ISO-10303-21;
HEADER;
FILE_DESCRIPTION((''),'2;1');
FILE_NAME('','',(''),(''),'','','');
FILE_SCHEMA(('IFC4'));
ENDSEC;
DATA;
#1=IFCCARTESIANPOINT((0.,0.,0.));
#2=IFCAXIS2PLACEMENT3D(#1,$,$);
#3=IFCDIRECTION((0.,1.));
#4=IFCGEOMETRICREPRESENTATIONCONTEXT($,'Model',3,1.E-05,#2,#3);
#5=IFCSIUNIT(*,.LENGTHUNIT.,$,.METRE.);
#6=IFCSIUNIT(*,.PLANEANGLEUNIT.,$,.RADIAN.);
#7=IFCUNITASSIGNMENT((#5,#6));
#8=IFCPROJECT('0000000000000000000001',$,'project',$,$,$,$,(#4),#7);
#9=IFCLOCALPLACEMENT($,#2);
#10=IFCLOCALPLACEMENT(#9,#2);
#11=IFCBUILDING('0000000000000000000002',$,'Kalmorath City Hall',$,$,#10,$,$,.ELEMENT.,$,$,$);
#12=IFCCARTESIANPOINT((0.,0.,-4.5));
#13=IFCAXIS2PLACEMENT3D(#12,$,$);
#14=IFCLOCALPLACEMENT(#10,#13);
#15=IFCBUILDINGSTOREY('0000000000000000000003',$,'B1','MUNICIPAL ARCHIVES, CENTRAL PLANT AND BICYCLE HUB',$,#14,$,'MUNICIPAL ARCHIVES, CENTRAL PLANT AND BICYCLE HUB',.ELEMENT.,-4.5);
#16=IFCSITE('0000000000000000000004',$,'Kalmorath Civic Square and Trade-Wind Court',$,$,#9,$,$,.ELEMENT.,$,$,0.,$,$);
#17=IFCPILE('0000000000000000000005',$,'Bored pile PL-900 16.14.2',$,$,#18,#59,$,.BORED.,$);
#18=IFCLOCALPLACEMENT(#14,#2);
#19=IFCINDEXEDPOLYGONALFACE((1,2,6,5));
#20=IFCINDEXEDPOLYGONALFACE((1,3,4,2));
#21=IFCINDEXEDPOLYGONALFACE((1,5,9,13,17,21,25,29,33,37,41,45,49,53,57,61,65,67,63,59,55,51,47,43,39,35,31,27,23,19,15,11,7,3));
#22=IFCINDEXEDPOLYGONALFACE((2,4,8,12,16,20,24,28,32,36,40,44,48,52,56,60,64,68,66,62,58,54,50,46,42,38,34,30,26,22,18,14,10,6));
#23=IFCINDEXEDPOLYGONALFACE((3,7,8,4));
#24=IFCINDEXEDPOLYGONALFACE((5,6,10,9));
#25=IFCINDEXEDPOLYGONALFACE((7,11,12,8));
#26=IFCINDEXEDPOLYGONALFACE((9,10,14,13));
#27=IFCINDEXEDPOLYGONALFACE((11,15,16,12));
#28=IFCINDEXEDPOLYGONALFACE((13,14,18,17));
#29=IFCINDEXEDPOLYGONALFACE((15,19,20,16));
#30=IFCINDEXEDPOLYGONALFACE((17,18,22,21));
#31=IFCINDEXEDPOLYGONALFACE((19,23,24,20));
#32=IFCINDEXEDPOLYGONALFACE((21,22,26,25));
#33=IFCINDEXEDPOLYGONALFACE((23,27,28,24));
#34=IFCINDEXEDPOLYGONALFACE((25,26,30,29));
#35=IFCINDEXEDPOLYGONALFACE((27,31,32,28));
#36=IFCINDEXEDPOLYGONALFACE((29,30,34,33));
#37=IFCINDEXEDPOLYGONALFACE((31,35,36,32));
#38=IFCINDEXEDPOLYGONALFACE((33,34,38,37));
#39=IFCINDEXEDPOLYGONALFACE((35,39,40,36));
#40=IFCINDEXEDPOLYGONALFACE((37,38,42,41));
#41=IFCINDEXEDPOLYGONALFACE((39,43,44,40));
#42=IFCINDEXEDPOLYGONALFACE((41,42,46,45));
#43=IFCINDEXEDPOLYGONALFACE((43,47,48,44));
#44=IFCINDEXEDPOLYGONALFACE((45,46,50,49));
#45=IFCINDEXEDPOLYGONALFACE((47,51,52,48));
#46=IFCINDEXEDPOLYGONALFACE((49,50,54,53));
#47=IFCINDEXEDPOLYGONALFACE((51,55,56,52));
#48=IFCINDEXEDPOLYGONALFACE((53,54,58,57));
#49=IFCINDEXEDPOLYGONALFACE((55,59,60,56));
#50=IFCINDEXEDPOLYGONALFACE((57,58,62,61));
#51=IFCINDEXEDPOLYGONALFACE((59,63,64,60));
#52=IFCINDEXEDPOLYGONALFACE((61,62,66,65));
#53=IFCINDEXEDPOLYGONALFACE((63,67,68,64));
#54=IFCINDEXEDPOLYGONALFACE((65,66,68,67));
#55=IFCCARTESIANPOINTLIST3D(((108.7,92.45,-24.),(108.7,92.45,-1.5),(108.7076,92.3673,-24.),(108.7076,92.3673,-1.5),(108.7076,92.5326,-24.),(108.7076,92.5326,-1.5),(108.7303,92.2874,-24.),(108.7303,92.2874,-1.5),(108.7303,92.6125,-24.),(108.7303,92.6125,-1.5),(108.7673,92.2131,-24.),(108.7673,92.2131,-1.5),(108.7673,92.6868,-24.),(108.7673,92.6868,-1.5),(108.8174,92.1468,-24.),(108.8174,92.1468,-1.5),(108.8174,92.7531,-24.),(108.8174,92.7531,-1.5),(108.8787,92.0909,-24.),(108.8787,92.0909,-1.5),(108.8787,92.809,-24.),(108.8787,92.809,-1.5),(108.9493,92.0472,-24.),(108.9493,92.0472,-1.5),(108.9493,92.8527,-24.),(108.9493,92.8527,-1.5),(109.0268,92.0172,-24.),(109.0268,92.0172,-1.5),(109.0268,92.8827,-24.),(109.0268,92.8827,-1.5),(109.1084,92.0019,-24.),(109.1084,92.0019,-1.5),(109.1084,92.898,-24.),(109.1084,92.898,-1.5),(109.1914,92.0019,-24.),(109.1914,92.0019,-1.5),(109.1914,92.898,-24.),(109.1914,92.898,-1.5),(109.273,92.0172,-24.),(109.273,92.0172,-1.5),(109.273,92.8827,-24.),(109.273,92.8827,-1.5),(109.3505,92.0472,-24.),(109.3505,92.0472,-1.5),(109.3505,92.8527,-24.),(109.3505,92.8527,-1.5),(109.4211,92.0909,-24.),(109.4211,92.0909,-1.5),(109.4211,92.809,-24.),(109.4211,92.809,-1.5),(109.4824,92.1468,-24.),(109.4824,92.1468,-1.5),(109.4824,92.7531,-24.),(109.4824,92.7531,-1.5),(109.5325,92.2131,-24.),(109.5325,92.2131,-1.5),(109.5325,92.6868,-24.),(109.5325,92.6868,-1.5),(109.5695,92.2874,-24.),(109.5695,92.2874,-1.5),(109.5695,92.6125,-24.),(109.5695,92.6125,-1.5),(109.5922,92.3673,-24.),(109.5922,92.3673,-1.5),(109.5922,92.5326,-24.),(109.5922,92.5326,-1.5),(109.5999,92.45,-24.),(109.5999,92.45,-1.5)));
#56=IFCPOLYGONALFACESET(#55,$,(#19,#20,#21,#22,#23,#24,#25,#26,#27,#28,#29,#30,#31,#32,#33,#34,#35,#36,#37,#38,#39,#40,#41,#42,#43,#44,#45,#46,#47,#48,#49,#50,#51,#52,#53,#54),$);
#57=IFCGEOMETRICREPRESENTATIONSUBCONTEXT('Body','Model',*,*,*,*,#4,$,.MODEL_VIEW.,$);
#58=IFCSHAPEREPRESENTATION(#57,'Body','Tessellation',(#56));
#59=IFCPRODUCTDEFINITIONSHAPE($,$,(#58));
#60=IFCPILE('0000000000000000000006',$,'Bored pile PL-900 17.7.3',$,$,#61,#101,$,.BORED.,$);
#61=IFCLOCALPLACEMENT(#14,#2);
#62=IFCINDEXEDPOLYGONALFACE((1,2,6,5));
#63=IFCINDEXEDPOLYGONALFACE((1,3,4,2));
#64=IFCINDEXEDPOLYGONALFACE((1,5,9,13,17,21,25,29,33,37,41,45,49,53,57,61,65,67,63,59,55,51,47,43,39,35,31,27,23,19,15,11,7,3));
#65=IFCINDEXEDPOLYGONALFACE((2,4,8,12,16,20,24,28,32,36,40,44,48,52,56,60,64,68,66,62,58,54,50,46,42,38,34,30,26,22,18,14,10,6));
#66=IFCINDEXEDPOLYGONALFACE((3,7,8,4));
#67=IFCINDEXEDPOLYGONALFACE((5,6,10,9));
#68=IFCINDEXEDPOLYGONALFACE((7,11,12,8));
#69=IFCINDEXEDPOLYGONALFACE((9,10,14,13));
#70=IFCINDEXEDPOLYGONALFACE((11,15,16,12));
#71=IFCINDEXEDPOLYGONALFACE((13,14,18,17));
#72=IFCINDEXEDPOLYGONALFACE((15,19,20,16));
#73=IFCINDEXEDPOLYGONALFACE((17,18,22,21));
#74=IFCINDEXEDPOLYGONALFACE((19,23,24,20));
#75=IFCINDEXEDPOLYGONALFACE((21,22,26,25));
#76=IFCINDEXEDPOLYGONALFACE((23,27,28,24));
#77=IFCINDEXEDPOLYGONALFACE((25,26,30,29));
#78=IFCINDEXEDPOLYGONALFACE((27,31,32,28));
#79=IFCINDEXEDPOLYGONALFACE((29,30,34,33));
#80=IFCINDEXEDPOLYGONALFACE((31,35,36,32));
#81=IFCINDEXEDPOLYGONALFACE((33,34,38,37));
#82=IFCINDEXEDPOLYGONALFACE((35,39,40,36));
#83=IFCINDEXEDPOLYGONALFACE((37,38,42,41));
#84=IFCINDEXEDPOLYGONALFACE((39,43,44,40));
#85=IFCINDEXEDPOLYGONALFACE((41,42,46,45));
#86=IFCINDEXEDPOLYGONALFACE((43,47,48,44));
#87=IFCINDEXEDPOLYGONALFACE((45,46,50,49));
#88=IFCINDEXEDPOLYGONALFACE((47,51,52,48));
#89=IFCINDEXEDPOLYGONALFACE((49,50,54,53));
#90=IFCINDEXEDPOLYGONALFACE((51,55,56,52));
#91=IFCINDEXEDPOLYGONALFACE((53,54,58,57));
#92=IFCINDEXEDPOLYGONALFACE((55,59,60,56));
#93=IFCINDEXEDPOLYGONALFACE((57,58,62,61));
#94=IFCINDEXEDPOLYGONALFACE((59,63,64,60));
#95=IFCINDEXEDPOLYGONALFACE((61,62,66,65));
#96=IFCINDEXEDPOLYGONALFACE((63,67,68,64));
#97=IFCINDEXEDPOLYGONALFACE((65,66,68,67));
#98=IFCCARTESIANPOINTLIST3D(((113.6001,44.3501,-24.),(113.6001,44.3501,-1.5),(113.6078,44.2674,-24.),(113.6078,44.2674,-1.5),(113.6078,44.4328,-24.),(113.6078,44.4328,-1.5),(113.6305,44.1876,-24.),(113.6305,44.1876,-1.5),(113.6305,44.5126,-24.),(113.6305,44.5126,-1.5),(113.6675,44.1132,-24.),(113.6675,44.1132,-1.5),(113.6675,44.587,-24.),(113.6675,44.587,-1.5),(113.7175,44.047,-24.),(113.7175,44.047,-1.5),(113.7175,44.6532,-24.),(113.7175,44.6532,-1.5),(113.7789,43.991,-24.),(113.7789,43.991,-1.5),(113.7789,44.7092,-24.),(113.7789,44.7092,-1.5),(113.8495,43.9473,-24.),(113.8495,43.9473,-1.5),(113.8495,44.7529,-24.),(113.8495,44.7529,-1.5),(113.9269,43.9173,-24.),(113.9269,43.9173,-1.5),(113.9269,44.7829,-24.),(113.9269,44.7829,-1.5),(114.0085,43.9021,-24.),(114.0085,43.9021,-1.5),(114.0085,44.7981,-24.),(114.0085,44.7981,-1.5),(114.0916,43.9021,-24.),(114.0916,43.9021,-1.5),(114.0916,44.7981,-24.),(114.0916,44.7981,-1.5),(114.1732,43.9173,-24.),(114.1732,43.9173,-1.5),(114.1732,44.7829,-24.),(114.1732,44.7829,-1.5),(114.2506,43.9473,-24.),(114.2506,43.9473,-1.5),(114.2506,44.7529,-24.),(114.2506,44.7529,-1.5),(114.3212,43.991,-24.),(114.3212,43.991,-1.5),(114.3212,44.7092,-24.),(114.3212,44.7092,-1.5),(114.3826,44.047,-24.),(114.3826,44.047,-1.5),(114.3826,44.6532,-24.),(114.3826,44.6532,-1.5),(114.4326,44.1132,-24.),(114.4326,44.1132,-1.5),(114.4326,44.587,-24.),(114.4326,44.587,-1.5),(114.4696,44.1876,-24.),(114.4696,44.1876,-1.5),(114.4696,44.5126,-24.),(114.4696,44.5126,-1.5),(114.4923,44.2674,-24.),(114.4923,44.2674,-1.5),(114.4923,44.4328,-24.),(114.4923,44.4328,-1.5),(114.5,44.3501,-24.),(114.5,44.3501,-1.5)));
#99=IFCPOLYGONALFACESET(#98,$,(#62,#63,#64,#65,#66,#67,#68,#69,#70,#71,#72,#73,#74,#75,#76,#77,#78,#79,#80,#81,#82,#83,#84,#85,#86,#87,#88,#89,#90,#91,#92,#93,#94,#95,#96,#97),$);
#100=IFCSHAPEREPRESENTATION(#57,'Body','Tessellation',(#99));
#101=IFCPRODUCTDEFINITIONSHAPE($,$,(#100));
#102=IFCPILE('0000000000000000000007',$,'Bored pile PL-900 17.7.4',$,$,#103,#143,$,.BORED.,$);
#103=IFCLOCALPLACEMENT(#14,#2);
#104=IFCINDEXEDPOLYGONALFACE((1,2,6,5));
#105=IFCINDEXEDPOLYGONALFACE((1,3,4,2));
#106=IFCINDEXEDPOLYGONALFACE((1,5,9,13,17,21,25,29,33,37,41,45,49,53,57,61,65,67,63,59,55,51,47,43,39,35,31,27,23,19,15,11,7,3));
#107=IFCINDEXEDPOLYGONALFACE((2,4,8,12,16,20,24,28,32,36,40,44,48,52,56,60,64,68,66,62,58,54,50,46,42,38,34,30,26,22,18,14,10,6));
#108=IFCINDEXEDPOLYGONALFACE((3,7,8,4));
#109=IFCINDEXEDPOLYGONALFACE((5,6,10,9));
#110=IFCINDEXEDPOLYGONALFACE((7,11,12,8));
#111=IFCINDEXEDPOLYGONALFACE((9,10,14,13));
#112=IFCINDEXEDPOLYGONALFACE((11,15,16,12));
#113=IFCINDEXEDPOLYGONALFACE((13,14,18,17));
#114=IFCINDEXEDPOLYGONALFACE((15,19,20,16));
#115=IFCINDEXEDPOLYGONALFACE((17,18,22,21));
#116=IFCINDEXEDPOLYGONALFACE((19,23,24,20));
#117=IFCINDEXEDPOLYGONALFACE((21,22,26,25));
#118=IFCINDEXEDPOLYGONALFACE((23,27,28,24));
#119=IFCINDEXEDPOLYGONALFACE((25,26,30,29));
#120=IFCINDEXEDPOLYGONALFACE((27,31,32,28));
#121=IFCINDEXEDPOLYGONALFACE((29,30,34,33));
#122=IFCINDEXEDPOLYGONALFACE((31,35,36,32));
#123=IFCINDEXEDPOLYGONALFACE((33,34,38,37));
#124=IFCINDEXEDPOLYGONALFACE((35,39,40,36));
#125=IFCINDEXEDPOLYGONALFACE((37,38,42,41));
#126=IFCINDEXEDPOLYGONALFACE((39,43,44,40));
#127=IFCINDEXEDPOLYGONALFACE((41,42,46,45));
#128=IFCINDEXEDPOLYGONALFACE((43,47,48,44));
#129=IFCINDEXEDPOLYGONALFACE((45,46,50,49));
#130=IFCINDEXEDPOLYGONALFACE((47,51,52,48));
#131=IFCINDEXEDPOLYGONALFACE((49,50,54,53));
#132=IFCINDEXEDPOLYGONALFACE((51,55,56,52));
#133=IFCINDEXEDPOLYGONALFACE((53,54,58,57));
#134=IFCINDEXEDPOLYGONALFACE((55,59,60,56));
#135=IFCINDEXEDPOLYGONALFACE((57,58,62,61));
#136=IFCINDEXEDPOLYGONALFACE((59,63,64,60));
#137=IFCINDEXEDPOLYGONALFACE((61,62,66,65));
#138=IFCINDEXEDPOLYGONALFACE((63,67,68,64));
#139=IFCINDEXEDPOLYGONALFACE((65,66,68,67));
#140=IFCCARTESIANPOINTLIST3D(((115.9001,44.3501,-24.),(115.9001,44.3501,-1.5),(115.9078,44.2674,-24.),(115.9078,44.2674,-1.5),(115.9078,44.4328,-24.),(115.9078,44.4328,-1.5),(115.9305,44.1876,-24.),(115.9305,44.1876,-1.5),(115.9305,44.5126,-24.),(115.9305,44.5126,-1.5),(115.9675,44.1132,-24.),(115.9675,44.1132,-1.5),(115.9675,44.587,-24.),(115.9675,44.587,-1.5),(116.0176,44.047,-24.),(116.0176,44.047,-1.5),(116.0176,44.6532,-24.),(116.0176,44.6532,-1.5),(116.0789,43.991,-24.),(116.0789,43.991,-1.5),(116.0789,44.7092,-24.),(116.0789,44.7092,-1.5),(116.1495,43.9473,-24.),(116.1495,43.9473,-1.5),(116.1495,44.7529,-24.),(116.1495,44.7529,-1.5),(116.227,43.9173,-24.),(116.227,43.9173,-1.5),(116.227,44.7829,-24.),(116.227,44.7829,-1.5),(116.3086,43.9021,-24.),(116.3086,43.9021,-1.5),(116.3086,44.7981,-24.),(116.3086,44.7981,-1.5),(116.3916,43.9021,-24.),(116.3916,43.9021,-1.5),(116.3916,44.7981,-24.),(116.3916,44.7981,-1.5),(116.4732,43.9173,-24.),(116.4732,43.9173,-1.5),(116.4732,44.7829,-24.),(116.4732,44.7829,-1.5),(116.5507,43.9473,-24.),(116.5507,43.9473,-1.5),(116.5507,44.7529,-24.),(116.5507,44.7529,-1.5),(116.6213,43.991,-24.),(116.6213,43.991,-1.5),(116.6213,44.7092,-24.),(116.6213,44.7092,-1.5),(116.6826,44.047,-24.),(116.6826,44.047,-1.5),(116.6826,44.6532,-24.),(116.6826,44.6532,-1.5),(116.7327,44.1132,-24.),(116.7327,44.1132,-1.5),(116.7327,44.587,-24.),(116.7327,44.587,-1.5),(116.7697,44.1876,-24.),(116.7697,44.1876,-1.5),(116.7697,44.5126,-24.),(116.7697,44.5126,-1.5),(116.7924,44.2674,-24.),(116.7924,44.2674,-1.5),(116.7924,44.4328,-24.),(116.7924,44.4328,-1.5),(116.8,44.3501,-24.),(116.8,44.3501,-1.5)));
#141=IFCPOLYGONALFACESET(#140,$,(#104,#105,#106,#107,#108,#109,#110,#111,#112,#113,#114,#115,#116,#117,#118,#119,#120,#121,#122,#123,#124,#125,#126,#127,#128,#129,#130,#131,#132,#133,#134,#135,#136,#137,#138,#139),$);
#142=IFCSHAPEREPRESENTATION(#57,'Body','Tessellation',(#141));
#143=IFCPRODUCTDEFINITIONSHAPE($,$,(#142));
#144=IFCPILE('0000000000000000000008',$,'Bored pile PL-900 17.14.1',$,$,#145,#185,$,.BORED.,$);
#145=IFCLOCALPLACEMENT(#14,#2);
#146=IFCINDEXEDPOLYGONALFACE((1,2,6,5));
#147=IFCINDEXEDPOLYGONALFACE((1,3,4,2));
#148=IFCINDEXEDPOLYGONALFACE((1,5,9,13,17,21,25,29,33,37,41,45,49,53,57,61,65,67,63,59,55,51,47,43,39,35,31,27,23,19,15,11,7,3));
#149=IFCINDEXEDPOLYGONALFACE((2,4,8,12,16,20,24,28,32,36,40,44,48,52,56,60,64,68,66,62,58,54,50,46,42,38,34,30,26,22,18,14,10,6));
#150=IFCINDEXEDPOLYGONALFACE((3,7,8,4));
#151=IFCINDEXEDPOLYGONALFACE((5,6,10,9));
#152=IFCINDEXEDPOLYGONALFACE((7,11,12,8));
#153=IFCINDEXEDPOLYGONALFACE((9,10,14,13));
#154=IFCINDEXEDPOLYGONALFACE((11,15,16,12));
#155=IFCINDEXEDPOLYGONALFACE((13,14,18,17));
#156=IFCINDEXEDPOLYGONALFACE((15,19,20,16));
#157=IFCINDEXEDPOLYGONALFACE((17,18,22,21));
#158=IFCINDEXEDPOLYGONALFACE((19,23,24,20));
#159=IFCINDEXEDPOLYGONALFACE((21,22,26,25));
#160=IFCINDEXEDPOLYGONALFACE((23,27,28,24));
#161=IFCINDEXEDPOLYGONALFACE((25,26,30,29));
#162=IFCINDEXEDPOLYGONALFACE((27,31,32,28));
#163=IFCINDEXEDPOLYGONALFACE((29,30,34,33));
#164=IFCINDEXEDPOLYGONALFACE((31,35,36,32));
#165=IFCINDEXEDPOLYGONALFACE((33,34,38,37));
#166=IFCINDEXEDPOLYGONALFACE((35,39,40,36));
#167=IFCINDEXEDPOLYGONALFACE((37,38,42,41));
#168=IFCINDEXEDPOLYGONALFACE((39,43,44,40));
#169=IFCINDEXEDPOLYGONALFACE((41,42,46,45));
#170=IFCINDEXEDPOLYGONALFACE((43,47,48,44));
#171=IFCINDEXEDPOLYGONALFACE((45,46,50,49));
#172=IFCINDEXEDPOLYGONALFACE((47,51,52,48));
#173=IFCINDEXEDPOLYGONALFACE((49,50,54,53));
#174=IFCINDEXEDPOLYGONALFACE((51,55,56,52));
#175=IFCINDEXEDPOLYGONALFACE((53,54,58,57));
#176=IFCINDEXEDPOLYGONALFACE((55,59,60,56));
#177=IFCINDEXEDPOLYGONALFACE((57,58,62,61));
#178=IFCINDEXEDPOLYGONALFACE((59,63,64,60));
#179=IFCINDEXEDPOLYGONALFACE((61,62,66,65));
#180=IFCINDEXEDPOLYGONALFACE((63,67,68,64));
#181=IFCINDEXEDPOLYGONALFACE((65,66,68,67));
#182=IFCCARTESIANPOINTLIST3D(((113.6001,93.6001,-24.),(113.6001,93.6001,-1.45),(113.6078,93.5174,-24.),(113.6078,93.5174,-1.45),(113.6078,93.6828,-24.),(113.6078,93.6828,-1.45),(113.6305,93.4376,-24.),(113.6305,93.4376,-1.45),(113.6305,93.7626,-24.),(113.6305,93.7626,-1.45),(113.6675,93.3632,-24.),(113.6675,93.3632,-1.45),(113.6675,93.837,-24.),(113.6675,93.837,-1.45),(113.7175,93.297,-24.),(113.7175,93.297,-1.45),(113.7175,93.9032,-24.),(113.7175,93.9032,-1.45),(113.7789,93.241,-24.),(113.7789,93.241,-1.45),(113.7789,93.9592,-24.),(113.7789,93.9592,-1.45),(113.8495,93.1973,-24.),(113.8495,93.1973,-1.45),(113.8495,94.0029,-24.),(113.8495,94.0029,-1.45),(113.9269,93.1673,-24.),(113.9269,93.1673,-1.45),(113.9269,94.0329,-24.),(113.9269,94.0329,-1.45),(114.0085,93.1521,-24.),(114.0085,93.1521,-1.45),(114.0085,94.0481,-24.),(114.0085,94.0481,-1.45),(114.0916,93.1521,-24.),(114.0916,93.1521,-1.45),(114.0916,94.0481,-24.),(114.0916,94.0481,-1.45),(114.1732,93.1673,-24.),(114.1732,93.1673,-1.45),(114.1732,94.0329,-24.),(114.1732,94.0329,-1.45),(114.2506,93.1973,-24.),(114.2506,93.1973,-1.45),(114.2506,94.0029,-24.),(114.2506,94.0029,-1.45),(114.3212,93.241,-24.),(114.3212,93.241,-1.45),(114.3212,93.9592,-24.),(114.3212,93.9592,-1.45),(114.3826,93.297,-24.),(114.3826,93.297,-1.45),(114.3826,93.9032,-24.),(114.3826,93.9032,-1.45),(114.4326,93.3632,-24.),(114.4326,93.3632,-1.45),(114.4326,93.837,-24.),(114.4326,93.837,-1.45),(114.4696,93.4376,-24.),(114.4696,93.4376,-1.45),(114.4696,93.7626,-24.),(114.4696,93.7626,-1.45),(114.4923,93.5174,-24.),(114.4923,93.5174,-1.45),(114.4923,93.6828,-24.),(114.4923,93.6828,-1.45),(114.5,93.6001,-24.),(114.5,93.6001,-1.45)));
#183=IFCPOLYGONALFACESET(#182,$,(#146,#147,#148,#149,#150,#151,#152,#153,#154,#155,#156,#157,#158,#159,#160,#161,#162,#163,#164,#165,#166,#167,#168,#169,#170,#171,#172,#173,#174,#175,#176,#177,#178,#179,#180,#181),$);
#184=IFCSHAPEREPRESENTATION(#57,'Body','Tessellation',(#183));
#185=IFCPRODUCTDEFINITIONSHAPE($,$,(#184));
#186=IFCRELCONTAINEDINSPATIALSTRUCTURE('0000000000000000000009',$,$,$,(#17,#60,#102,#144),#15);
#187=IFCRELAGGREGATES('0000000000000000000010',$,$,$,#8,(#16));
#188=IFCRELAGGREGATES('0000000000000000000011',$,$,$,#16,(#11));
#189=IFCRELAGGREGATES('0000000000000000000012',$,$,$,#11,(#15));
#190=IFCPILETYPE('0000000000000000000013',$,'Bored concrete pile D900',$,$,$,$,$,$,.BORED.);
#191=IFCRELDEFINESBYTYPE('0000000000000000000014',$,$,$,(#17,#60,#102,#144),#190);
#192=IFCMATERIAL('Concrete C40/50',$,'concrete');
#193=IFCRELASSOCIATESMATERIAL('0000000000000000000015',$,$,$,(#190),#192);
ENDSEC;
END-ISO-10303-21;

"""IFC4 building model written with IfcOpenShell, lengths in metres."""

from ifc_helpers import new_model, si_unit, direction, frame, origin, origin_2d, place, context, subcontext, project, spatial, circle, extrude, material, material_profile, profile_set, type_object, element, save


model = new_model("IFC4")

# Units and contexts
model_context = context("Model", 3, precision=1e-05, world=origin(), true_north=direction((0.0, 1.0)))
body_context = subcontext(model_context, "Body", "Model", "MODEL_VIEW")
ifc_project = project(units=[si_unit("LENGTHUNIT", "METRE"), si_unit("PLANEANGLEUNIT", "RADIAN")], contexts=[model_context])

# Site, building, storey
site_placement = place(None, origin())
site = spatial("IfcSite", under=ifc_project, at=site_placement, Name="Kalmorath Civic Square and Trade-Wind Court", CompositionType="ELEMENT", RefElevation=0.0)
building_placement = place(site_placement, origin())
building = spatial("IfcBuilding", under=site, at=building_placement, Name="Kalmorath City Hall", CompositionType="ELEMENT")
storey_placement = place(building_placement, frame((0.0, 0.0, -4.5)))
storey = spatial("IfcBuildingStorey", under=building, at=storey_placement, Name="B1", Description="MUNICIPAL ARCHIVES, CENTRAL PLANT AND BICYCLE HUB", LongName="MUNICIPAL ARCHIVES, CENTRAL PLANT AND BICYCLE HUB", CompositionType="ELEMENT", Elevation=-4.5)

# Piles
ifc_material_1 = material(Name="Concrete C40/50", Category="concrete")
ifc_material_profile_1 = material_profile(ifc_material_1, circle(Radius=0.45, at=origin_2d()), Name="PILE-D900")
ifc_profile_set_1 = profile_set([ifc_material_profile_1], Name="Concrete C40/50")
pile_type = type_object("IfcPileType", Name="Bored concrete pile D900", PredefinedType="BORED", material=ifc_profile_set_1)
for number, where, z_axis, x_axis, name in (
    (1, (109.1499, 92.45, -1.5), (0.0, 0.0, -1.0), (1.0, 0.0, 0.0), "Bored pile PL-900 16.14.2"),
    (2, (114.05, 44.3501, -1.5), (0.0, 0.0, -1.0), (1.0, 0.0, 0.0), "Bored pile PL-900 17.7.3"),
    (3, (116.3501, 44.3501, -1.5), (0.0, 0.0, -1.0), (1.0, 0.0, 0.0), "Bored pile PL-900 17.7.4"),
):
    element("IfcPile", number, at=place(storey_placement, frame(where, z_axis=z_axis, x_axis=x_axis)), inside=storey, type_object=pile_type, Name=name, PredefinedType="BORED", context=body_context, shape_type="SweptSolid", body=[
        extrude(circle(Radius=0.45, at=origin_2d()), origin(), (0.0, 0.0, 1.0), 22.5),
    ])
for number, where, z_axis, x_axis, name in (
    (4, (114.05, 93.6001, -1.45), (0.0, 0.0, -1.0), (1.0, 0.0, 0.0), "Bored pile PL-900 17.14.1"),
):
    element("IfcPile", number, at=place(storey_placement, frame(where, z_axis=z_axis, x_axis=x_axis)), inside=storey, type_object=pile_type, Name=name, PredefinedType="BORED", context=body_context, shape_type="SweptSolid", body=[
        extrude(circle(Radius=0.45, at=origin_2d()), origin(), (0.0, 0.0, 1.0), 22.55),
    ])

save(model, "model.ifc")
